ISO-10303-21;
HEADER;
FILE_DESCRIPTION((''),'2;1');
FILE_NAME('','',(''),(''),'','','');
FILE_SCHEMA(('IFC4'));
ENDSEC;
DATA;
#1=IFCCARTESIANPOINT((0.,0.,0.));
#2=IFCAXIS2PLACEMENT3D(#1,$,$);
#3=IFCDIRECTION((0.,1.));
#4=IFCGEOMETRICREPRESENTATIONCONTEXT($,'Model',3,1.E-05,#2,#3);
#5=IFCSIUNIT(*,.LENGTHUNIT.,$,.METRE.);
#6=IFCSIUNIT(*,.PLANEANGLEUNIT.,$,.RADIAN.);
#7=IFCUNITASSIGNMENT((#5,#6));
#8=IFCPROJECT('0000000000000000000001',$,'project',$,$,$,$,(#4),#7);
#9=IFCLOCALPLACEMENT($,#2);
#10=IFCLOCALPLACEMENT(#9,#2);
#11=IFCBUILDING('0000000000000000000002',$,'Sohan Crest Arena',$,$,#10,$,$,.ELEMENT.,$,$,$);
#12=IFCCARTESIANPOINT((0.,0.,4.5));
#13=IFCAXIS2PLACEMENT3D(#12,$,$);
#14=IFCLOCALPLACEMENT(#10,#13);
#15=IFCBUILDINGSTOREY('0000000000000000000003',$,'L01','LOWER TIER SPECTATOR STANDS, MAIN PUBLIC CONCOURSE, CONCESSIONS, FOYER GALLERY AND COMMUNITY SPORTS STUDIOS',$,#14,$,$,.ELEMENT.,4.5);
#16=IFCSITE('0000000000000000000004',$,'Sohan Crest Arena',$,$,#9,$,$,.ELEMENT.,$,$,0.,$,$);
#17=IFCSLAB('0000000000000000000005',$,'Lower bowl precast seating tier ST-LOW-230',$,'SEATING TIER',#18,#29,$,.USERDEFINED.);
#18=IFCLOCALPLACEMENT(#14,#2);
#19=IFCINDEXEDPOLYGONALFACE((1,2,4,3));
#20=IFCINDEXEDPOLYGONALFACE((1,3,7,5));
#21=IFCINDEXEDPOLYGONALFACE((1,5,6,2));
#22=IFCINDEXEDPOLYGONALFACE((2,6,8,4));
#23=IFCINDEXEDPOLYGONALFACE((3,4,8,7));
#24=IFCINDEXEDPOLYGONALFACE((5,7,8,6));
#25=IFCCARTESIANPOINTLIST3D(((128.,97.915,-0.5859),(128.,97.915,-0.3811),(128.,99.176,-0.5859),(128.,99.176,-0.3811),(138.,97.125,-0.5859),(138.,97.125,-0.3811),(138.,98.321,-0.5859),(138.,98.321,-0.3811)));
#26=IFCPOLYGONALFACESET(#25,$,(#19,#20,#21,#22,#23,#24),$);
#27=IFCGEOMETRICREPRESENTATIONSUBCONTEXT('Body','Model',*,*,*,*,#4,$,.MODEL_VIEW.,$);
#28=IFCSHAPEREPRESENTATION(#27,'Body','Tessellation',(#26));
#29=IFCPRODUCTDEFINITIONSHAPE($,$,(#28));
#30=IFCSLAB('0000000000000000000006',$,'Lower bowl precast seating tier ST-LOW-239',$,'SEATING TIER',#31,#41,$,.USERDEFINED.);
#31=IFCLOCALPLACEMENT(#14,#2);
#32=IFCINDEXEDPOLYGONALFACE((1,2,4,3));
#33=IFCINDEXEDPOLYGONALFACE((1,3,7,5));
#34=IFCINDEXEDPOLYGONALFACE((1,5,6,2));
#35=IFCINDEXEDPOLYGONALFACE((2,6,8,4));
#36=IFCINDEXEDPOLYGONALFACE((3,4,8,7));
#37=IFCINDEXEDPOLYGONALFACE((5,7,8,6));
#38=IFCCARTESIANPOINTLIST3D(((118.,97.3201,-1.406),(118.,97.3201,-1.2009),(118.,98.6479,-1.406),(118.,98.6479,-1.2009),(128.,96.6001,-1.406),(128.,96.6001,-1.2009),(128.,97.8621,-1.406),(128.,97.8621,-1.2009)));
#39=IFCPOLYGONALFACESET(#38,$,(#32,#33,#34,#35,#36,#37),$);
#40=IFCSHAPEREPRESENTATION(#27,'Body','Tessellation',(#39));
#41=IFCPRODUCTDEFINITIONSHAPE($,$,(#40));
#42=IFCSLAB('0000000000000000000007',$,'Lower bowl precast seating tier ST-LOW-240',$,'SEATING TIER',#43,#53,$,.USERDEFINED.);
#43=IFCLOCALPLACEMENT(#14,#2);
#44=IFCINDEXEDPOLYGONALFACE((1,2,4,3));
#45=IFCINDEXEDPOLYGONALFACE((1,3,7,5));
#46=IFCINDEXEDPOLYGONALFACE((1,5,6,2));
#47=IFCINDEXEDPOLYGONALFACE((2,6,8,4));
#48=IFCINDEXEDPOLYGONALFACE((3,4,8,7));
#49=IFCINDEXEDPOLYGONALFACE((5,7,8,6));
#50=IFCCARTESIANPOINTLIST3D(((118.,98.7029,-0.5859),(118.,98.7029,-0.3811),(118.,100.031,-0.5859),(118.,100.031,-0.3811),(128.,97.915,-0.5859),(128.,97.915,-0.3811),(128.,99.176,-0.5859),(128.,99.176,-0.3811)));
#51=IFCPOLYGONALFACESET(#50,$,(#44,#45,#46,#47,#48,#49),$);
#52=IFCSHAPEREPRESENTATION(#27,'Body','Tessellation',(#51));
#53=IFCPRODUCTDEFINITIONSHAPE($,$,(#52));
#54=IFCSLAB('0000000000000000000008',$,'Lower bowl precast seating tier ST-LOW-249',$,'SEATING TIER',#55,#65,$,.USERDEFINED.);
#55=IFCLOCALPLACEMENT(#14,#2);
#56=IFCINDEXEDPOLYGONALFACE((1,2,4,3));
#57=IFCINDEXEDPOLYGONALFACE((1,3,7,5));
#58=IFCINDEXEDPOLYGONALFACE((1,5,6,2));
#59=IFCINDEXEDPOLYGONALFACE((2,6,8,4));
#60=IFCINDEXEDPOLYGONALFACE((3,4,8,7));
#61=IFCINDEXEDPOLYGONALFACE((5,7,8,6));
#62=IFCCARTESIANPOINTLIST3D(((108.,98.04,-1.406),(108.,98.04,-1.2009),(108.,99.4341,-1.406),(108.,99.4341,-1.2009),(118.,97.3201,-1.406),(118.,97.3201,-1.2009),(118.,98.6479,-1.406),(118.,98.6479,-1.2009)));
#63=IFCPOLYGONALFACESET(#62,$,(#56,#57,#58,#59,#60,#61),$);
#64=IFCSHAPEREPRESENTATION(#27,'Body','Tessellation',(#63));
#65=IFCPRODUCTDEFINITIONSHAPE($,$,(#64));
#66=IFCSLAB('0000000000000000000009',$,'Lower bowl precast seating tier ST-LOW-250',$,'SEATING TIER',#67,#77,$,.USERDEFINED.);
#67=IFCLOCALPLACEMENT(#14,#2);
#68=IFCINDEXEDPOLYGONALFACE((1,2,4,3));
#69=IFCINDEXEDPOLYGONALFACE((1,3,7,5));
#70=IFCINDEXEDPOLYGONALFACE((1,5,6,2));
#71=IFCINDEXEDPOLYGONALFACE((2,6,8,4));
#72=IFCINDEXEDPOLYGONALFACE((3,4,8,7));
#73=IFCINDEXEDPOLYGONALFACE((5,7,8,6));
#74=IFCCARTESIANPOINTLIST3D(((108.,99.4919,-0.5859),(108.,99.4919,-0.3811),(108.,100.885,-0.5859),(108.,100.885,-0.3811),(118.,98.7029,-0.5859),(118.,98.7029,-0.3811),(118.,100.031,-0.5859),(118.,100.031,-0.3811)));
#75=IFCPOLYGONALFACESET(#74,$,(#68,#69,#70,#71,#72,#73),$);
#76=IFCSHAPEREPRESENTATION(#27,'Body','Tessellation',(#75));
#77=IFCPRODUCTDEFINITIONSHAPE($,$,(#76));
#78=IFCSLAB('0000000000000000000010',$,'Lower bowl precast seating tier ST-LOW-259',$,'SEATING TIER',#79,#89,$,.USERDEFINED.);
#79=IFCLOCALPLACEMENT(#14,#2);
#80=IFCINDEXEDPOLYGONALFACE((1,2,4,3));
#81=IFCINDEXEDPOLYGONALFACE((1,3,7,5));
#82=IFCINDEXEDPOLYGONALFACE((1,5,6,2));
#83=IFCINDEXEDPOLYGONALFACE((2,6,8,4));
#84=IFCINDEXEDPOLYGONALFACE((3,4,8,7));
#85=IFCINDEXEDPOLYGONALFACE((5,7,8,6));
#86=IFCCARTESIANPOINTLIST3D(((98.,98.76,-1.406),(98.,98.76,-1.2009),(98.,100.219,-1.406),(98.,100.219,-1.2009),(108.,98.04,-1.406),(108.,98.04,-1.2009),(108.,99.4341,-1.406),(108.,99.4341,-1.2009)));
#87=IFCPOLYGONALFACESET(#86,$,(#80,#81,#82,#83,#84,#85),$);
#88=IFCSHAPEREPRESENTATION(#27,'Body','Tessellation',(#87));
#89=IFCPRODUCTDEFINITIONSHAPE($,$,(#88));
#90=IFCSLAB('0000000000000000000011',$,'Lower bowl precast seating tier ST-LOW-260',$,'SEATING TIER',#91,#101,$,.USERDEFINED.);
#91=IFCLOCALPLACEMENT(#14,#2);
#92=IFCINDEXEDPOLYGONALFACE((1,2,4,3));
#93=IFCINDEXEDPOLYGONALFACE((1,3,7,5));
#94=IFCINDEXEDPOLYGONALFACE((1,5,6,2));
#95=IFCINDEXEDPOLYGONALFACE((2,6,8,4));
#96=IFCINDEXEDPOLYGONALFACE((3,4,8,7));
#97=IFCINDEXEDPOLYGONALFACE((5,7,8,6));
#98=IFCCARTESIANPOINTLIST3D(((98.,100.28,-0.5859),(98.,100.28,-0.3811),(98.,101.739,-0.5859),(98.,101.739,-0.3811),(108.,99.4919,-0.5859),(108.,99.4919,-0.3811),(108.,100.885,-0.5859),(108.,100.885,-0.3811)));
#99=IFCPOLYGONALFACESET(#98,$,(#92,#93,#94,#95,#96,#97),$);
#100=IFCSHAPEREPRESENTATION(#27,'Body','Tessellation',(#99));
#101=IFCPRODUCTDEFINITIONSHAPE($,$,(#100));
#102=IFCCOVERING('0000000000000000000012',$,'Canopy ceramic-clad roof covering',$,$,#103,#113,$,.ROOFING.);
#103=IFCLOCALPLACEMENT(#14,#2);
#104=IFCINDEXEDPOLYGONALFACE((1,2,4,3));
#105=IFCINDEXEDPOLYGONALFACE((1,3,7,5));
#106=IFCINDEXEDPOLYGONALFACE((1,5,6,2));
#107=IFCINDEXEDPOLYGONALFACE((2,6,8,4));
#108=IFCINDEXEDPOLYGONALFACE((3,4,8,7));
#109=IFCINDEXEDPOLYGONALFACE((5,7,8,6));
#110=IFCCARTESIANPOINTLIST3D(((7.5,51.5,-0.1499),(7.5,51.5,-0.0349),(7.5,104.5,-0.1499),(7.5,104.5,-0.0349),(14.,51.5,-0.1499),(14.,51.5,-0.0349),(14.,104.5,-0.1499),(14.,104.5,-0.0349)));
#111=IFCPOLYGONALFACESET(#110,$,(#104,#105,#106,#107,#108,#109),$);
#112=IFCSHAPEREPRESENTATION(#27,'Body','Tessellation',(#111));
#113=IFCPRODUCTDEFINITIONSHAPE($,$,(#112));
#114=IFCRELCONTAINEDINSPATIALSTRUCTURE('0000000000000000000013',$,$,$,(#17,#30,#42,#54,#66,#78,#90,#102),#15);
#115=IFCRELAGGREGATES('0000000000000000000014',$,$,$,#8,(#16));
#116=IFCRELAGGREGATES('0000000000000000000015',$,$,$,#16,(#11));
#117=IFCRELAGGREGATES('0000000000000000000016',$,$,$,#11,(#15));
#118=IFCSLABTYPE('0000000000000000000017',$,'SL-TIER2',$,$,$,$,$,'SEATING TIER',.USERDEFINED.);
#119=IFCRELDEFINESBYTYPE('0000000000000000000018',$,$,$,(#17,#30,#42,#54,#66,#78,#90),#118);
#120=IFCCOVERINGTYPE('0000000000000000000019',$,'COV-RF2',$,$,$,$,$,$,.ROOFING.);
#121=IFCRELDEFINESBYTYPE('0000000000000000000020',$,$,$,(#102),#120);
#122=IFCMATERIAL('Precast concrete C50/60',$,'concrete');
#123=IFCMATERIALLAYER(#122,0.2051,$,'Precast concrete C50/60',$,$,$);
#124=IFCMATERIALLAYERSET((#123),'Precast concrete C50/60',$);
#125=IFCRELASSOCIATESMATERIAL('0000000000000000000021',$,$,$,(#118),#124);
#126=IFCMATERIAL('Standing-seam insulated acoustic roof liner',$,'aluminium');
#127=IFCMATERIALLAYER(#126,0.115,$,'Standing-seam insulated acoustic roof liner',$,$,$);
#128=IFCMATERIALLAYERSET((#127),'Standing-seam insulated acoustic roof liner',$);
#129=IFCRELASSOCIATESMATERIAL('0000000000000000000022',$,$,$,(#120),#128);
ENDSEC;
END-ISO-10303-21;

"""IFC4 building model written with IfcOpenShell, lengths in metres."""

from ifc_helpers import new_model, si_unit, direction, frame, origin, place, context, subcontext, project, spatial, polyline, outline, extrude, material, layer, layer_set, type_object, element, save


model = new_model("IFC4")

# Units and contexts
model_context = context("Model", 3, precision=1e-05, world=origin(), true_north=direction((0.0, 1.0)))
body_context = subcontext(model_context, "Body", "Model", "MODEL_VIEW")
ifc_project = project(units=[si_unit("LENGTHUNIT", "METRE"), si_unit("PLANEANGLEUNIT", "RADIAN")], contexts=[model_context])

# Site, building, storey
site_placement = place(None, origin())
site = spatial("IfcSite", under=ifc_project, at=site_placement, Name="Sohan Crest Arena", CompositionType="ELEMENT", RefElevation=0.0)
building_placement = place(site_placement, origin())
building = spatial("IfcBuilding", under=site, at=building_placement, Name="Sohan Crest Arena", CompositionType="ELEMENT")
storey_placement = place(building_placement, frame((0.0, 0.0, 4.5)))
storey = spatial("IfcBuildingStorey", under=building, at=storey_placement, Name="L01", Description="LOWER TIER SPECTATOR STANDS, MAIN PUBLIC CONCOURSE, CONCESSIONS, FOYER GALLERY AND COMMUNITY SPORTS STUDIOS", CompositionType="ELEMENT", Elevation=4.5)

# Slabs
ifc_material_1 = material(Name="Precast concrete C50/60", Category="concrete")
ifc_layer_1 = layer(ifc_material_1, 0.2051, Name="Precast concrete C50/60")
ifc_layer_set_1 = layer_set([ifc_layer_1], Name="Precast concrete C50/60")
slab_type_1 = type_object("IfcSlabType", Name="SL-TIER2", ElementType="SEATING TIER", PredefinedType="USERDEFINED", material=ifc_layer_set_1)
slab_1_placement = place(storey_placement, frame((0.0, 0.0, -0.5859)))
element("IfcSlab", 1, at=slab_1_placement, inside=storey, type_object=slab_type_1, Name="Lower bowl precast seating tier ST-LOW-230", ObjectType="SEATING TIER", PredefinedType="USERDEFINED", context=body_context, shape_type="SweptSolid", body=[
    extrude(outline(polyline([(138.0, 97.125), (128.0, 97.915), (128.0, 99.176), (138.0, 98.321), (138.0, 97.125)])), origin(), (0.0, 0.0, 1.0), 0.2048),
])
slab_2_placement = place(storey_placement, frame((0.0, 0.0, -1.406)))
element("IfcSlab", 2, at=slab_2_placement, inside=storey, type_object=slab_type_1, Name="Lower bowl precast seating tier ST-LOW-239", ObjectType="SEATING TIER", PredefinedType="USERDEFINED", context=body_context, shape_type="SweptSolid", body=[
    extrude(outline(polyline([(128.0, 96.6001), (118.0, 97.3201), (118.0, 98.6479), (128.0, 97.8621), (128.0, 96.6001)])), origin(), (0.0, 0.0, 1.0), 0.2051),
])
slab_3_placement = place(storey_placement, frame((0.0, 0.0, -0.5859)))
element("IfcSlab", 3, at=slab_3_placement, inside=storey, type_object=slab_type_1, Name="Lower bowl precast seating tier ST-LOW-240", ObjectType="SEATING TIER", PredefinedType="USERDEFINED", context=body_context, shape_type="SweptSolid", body=[
    extrude(outline(polyline([(128.0, 97.915), (118.0, 98.7029), (118.0, 100.031), (128.0, 99.176), (128.0, 97.915)])), origin(), (0.0, 0.0, 1.0), 0.2048),
])
slab_4_placement = place(storey_placement, frame((0.0, 0.0, -1.406)))
element("IfcSlab", 4, at=slab_4_placement, inside=storey, type_object=slab_type_1, Name="Lower bowl precast seating tier ST-LOW-249", ObjectType="SEATING TIER", PredefinedType="USERDEFINED", context=body_context, shape_type="SweptSolid", body=[
    extrude(outline(polyline([(118.0, 97.3201), (108.0, 98.04), (108.0, 99.4341), (118.0, 98.6479), (118.0, 97.3201)])), origin(), (0.0, 0.0, 1.0), 0.2051),
])
slab_5_placement = place(storey_placement, frame((0.0, 0.0, -0.5859)))
element("IfcSlab", 5, at=slab_5_placement, inside=storey, type_object=slab_type_1, Name="Lower bowl precast seating tier ST-LOW-250", ObjectType="SEATING TIER", PredefinedType="USERDEFINED", context=body_context, shape_type="SweptSolid", body=[
    extrude(outline(polyline([(118.0, 98.7029), (108.0, 99.4919), (108.0, 100.885), (118.0, 100.031), (118.0, 98.7029)])), origin(), (0.0, 0.0, 1.0), 0.2048),
])
slab_6_placement = place(storey_placement, frame((0.0, 0.0, -1.406)))
element("IfcSlab", 6, at=slab_6_placement, inside=storey, type_object=slab_type_1, Name="Lower bowl precast seating tier ST-LOW-259", ObjectType="SEATING TIER", PredefinedType="USERDEFINED", context=body_context, shape_type="SweptSolid", body=[
    extrude(outline(polyline([(108.0, 98.04), (98.0, 98.76), (98.0, 100.219), (108.0, 99.4341), (108.0, 98.04)])), origin(), (0.0, 0.0, 1.0), 0.2051),
])
slab_7_placement = place(storey_placement, frame((0.0, 0.0, -0.5859)))
element("IfcSlab", 7, at=slab_7_placement, inside=storey, type_object=slab_type_1, Name="Lower bowl precast seating tier ST-LOW-260", ObjectType="SEATING TIER", PredefinedType="USERDEFINED", context=body_context, shape_type="SweptSolid", body=[
    extrude(outline(polyline([(108.0, 99.4919), (98.0, 100.28), (98.0, 101.739), (108.0, 100.885), (108.0, 99.4919)])), origin(), (0.0, 0.0, 1.0), 0.2048),
])

# Covering
ifc_material_2 = material(Name="Standing-seam insulated acoustic roof liner", Category="aluminium")
ifc_layer_2 = layer(ifc_material_2, 0.115, Name="Standing-seam insulated acoustic roof liner")
ifc_layer_set_2 = layer_set([ifc_layer_2], Name="Standing-seam insulated acoustic roof liner")
covering_type = type_object("IfcCoveringType", Name="COV-RF2", PredefinedType="ROOFING", material=ifc_layer_set_2)
covering_placement = place(storey_placement, frame((0.0, 0.0, -0.1499)))
element("IfcCovering", 8, at=covering_placement, inside=storey, type_object=covering_type, Name="Canopy ceramic-clad roof covering", PredefinedType="ROOFING", context=body_context, shape_type="SweptSolid", body=[
    extrude(outline(polyline([(7.5, 51.5), (14.0, 51.5), (14.0, 104.5), (7.5, 104.5), (7.5, 51.5)])), origin(), (0.0, 0.0, 1.0), 0.115),
])

save(model, "model.ifc")
